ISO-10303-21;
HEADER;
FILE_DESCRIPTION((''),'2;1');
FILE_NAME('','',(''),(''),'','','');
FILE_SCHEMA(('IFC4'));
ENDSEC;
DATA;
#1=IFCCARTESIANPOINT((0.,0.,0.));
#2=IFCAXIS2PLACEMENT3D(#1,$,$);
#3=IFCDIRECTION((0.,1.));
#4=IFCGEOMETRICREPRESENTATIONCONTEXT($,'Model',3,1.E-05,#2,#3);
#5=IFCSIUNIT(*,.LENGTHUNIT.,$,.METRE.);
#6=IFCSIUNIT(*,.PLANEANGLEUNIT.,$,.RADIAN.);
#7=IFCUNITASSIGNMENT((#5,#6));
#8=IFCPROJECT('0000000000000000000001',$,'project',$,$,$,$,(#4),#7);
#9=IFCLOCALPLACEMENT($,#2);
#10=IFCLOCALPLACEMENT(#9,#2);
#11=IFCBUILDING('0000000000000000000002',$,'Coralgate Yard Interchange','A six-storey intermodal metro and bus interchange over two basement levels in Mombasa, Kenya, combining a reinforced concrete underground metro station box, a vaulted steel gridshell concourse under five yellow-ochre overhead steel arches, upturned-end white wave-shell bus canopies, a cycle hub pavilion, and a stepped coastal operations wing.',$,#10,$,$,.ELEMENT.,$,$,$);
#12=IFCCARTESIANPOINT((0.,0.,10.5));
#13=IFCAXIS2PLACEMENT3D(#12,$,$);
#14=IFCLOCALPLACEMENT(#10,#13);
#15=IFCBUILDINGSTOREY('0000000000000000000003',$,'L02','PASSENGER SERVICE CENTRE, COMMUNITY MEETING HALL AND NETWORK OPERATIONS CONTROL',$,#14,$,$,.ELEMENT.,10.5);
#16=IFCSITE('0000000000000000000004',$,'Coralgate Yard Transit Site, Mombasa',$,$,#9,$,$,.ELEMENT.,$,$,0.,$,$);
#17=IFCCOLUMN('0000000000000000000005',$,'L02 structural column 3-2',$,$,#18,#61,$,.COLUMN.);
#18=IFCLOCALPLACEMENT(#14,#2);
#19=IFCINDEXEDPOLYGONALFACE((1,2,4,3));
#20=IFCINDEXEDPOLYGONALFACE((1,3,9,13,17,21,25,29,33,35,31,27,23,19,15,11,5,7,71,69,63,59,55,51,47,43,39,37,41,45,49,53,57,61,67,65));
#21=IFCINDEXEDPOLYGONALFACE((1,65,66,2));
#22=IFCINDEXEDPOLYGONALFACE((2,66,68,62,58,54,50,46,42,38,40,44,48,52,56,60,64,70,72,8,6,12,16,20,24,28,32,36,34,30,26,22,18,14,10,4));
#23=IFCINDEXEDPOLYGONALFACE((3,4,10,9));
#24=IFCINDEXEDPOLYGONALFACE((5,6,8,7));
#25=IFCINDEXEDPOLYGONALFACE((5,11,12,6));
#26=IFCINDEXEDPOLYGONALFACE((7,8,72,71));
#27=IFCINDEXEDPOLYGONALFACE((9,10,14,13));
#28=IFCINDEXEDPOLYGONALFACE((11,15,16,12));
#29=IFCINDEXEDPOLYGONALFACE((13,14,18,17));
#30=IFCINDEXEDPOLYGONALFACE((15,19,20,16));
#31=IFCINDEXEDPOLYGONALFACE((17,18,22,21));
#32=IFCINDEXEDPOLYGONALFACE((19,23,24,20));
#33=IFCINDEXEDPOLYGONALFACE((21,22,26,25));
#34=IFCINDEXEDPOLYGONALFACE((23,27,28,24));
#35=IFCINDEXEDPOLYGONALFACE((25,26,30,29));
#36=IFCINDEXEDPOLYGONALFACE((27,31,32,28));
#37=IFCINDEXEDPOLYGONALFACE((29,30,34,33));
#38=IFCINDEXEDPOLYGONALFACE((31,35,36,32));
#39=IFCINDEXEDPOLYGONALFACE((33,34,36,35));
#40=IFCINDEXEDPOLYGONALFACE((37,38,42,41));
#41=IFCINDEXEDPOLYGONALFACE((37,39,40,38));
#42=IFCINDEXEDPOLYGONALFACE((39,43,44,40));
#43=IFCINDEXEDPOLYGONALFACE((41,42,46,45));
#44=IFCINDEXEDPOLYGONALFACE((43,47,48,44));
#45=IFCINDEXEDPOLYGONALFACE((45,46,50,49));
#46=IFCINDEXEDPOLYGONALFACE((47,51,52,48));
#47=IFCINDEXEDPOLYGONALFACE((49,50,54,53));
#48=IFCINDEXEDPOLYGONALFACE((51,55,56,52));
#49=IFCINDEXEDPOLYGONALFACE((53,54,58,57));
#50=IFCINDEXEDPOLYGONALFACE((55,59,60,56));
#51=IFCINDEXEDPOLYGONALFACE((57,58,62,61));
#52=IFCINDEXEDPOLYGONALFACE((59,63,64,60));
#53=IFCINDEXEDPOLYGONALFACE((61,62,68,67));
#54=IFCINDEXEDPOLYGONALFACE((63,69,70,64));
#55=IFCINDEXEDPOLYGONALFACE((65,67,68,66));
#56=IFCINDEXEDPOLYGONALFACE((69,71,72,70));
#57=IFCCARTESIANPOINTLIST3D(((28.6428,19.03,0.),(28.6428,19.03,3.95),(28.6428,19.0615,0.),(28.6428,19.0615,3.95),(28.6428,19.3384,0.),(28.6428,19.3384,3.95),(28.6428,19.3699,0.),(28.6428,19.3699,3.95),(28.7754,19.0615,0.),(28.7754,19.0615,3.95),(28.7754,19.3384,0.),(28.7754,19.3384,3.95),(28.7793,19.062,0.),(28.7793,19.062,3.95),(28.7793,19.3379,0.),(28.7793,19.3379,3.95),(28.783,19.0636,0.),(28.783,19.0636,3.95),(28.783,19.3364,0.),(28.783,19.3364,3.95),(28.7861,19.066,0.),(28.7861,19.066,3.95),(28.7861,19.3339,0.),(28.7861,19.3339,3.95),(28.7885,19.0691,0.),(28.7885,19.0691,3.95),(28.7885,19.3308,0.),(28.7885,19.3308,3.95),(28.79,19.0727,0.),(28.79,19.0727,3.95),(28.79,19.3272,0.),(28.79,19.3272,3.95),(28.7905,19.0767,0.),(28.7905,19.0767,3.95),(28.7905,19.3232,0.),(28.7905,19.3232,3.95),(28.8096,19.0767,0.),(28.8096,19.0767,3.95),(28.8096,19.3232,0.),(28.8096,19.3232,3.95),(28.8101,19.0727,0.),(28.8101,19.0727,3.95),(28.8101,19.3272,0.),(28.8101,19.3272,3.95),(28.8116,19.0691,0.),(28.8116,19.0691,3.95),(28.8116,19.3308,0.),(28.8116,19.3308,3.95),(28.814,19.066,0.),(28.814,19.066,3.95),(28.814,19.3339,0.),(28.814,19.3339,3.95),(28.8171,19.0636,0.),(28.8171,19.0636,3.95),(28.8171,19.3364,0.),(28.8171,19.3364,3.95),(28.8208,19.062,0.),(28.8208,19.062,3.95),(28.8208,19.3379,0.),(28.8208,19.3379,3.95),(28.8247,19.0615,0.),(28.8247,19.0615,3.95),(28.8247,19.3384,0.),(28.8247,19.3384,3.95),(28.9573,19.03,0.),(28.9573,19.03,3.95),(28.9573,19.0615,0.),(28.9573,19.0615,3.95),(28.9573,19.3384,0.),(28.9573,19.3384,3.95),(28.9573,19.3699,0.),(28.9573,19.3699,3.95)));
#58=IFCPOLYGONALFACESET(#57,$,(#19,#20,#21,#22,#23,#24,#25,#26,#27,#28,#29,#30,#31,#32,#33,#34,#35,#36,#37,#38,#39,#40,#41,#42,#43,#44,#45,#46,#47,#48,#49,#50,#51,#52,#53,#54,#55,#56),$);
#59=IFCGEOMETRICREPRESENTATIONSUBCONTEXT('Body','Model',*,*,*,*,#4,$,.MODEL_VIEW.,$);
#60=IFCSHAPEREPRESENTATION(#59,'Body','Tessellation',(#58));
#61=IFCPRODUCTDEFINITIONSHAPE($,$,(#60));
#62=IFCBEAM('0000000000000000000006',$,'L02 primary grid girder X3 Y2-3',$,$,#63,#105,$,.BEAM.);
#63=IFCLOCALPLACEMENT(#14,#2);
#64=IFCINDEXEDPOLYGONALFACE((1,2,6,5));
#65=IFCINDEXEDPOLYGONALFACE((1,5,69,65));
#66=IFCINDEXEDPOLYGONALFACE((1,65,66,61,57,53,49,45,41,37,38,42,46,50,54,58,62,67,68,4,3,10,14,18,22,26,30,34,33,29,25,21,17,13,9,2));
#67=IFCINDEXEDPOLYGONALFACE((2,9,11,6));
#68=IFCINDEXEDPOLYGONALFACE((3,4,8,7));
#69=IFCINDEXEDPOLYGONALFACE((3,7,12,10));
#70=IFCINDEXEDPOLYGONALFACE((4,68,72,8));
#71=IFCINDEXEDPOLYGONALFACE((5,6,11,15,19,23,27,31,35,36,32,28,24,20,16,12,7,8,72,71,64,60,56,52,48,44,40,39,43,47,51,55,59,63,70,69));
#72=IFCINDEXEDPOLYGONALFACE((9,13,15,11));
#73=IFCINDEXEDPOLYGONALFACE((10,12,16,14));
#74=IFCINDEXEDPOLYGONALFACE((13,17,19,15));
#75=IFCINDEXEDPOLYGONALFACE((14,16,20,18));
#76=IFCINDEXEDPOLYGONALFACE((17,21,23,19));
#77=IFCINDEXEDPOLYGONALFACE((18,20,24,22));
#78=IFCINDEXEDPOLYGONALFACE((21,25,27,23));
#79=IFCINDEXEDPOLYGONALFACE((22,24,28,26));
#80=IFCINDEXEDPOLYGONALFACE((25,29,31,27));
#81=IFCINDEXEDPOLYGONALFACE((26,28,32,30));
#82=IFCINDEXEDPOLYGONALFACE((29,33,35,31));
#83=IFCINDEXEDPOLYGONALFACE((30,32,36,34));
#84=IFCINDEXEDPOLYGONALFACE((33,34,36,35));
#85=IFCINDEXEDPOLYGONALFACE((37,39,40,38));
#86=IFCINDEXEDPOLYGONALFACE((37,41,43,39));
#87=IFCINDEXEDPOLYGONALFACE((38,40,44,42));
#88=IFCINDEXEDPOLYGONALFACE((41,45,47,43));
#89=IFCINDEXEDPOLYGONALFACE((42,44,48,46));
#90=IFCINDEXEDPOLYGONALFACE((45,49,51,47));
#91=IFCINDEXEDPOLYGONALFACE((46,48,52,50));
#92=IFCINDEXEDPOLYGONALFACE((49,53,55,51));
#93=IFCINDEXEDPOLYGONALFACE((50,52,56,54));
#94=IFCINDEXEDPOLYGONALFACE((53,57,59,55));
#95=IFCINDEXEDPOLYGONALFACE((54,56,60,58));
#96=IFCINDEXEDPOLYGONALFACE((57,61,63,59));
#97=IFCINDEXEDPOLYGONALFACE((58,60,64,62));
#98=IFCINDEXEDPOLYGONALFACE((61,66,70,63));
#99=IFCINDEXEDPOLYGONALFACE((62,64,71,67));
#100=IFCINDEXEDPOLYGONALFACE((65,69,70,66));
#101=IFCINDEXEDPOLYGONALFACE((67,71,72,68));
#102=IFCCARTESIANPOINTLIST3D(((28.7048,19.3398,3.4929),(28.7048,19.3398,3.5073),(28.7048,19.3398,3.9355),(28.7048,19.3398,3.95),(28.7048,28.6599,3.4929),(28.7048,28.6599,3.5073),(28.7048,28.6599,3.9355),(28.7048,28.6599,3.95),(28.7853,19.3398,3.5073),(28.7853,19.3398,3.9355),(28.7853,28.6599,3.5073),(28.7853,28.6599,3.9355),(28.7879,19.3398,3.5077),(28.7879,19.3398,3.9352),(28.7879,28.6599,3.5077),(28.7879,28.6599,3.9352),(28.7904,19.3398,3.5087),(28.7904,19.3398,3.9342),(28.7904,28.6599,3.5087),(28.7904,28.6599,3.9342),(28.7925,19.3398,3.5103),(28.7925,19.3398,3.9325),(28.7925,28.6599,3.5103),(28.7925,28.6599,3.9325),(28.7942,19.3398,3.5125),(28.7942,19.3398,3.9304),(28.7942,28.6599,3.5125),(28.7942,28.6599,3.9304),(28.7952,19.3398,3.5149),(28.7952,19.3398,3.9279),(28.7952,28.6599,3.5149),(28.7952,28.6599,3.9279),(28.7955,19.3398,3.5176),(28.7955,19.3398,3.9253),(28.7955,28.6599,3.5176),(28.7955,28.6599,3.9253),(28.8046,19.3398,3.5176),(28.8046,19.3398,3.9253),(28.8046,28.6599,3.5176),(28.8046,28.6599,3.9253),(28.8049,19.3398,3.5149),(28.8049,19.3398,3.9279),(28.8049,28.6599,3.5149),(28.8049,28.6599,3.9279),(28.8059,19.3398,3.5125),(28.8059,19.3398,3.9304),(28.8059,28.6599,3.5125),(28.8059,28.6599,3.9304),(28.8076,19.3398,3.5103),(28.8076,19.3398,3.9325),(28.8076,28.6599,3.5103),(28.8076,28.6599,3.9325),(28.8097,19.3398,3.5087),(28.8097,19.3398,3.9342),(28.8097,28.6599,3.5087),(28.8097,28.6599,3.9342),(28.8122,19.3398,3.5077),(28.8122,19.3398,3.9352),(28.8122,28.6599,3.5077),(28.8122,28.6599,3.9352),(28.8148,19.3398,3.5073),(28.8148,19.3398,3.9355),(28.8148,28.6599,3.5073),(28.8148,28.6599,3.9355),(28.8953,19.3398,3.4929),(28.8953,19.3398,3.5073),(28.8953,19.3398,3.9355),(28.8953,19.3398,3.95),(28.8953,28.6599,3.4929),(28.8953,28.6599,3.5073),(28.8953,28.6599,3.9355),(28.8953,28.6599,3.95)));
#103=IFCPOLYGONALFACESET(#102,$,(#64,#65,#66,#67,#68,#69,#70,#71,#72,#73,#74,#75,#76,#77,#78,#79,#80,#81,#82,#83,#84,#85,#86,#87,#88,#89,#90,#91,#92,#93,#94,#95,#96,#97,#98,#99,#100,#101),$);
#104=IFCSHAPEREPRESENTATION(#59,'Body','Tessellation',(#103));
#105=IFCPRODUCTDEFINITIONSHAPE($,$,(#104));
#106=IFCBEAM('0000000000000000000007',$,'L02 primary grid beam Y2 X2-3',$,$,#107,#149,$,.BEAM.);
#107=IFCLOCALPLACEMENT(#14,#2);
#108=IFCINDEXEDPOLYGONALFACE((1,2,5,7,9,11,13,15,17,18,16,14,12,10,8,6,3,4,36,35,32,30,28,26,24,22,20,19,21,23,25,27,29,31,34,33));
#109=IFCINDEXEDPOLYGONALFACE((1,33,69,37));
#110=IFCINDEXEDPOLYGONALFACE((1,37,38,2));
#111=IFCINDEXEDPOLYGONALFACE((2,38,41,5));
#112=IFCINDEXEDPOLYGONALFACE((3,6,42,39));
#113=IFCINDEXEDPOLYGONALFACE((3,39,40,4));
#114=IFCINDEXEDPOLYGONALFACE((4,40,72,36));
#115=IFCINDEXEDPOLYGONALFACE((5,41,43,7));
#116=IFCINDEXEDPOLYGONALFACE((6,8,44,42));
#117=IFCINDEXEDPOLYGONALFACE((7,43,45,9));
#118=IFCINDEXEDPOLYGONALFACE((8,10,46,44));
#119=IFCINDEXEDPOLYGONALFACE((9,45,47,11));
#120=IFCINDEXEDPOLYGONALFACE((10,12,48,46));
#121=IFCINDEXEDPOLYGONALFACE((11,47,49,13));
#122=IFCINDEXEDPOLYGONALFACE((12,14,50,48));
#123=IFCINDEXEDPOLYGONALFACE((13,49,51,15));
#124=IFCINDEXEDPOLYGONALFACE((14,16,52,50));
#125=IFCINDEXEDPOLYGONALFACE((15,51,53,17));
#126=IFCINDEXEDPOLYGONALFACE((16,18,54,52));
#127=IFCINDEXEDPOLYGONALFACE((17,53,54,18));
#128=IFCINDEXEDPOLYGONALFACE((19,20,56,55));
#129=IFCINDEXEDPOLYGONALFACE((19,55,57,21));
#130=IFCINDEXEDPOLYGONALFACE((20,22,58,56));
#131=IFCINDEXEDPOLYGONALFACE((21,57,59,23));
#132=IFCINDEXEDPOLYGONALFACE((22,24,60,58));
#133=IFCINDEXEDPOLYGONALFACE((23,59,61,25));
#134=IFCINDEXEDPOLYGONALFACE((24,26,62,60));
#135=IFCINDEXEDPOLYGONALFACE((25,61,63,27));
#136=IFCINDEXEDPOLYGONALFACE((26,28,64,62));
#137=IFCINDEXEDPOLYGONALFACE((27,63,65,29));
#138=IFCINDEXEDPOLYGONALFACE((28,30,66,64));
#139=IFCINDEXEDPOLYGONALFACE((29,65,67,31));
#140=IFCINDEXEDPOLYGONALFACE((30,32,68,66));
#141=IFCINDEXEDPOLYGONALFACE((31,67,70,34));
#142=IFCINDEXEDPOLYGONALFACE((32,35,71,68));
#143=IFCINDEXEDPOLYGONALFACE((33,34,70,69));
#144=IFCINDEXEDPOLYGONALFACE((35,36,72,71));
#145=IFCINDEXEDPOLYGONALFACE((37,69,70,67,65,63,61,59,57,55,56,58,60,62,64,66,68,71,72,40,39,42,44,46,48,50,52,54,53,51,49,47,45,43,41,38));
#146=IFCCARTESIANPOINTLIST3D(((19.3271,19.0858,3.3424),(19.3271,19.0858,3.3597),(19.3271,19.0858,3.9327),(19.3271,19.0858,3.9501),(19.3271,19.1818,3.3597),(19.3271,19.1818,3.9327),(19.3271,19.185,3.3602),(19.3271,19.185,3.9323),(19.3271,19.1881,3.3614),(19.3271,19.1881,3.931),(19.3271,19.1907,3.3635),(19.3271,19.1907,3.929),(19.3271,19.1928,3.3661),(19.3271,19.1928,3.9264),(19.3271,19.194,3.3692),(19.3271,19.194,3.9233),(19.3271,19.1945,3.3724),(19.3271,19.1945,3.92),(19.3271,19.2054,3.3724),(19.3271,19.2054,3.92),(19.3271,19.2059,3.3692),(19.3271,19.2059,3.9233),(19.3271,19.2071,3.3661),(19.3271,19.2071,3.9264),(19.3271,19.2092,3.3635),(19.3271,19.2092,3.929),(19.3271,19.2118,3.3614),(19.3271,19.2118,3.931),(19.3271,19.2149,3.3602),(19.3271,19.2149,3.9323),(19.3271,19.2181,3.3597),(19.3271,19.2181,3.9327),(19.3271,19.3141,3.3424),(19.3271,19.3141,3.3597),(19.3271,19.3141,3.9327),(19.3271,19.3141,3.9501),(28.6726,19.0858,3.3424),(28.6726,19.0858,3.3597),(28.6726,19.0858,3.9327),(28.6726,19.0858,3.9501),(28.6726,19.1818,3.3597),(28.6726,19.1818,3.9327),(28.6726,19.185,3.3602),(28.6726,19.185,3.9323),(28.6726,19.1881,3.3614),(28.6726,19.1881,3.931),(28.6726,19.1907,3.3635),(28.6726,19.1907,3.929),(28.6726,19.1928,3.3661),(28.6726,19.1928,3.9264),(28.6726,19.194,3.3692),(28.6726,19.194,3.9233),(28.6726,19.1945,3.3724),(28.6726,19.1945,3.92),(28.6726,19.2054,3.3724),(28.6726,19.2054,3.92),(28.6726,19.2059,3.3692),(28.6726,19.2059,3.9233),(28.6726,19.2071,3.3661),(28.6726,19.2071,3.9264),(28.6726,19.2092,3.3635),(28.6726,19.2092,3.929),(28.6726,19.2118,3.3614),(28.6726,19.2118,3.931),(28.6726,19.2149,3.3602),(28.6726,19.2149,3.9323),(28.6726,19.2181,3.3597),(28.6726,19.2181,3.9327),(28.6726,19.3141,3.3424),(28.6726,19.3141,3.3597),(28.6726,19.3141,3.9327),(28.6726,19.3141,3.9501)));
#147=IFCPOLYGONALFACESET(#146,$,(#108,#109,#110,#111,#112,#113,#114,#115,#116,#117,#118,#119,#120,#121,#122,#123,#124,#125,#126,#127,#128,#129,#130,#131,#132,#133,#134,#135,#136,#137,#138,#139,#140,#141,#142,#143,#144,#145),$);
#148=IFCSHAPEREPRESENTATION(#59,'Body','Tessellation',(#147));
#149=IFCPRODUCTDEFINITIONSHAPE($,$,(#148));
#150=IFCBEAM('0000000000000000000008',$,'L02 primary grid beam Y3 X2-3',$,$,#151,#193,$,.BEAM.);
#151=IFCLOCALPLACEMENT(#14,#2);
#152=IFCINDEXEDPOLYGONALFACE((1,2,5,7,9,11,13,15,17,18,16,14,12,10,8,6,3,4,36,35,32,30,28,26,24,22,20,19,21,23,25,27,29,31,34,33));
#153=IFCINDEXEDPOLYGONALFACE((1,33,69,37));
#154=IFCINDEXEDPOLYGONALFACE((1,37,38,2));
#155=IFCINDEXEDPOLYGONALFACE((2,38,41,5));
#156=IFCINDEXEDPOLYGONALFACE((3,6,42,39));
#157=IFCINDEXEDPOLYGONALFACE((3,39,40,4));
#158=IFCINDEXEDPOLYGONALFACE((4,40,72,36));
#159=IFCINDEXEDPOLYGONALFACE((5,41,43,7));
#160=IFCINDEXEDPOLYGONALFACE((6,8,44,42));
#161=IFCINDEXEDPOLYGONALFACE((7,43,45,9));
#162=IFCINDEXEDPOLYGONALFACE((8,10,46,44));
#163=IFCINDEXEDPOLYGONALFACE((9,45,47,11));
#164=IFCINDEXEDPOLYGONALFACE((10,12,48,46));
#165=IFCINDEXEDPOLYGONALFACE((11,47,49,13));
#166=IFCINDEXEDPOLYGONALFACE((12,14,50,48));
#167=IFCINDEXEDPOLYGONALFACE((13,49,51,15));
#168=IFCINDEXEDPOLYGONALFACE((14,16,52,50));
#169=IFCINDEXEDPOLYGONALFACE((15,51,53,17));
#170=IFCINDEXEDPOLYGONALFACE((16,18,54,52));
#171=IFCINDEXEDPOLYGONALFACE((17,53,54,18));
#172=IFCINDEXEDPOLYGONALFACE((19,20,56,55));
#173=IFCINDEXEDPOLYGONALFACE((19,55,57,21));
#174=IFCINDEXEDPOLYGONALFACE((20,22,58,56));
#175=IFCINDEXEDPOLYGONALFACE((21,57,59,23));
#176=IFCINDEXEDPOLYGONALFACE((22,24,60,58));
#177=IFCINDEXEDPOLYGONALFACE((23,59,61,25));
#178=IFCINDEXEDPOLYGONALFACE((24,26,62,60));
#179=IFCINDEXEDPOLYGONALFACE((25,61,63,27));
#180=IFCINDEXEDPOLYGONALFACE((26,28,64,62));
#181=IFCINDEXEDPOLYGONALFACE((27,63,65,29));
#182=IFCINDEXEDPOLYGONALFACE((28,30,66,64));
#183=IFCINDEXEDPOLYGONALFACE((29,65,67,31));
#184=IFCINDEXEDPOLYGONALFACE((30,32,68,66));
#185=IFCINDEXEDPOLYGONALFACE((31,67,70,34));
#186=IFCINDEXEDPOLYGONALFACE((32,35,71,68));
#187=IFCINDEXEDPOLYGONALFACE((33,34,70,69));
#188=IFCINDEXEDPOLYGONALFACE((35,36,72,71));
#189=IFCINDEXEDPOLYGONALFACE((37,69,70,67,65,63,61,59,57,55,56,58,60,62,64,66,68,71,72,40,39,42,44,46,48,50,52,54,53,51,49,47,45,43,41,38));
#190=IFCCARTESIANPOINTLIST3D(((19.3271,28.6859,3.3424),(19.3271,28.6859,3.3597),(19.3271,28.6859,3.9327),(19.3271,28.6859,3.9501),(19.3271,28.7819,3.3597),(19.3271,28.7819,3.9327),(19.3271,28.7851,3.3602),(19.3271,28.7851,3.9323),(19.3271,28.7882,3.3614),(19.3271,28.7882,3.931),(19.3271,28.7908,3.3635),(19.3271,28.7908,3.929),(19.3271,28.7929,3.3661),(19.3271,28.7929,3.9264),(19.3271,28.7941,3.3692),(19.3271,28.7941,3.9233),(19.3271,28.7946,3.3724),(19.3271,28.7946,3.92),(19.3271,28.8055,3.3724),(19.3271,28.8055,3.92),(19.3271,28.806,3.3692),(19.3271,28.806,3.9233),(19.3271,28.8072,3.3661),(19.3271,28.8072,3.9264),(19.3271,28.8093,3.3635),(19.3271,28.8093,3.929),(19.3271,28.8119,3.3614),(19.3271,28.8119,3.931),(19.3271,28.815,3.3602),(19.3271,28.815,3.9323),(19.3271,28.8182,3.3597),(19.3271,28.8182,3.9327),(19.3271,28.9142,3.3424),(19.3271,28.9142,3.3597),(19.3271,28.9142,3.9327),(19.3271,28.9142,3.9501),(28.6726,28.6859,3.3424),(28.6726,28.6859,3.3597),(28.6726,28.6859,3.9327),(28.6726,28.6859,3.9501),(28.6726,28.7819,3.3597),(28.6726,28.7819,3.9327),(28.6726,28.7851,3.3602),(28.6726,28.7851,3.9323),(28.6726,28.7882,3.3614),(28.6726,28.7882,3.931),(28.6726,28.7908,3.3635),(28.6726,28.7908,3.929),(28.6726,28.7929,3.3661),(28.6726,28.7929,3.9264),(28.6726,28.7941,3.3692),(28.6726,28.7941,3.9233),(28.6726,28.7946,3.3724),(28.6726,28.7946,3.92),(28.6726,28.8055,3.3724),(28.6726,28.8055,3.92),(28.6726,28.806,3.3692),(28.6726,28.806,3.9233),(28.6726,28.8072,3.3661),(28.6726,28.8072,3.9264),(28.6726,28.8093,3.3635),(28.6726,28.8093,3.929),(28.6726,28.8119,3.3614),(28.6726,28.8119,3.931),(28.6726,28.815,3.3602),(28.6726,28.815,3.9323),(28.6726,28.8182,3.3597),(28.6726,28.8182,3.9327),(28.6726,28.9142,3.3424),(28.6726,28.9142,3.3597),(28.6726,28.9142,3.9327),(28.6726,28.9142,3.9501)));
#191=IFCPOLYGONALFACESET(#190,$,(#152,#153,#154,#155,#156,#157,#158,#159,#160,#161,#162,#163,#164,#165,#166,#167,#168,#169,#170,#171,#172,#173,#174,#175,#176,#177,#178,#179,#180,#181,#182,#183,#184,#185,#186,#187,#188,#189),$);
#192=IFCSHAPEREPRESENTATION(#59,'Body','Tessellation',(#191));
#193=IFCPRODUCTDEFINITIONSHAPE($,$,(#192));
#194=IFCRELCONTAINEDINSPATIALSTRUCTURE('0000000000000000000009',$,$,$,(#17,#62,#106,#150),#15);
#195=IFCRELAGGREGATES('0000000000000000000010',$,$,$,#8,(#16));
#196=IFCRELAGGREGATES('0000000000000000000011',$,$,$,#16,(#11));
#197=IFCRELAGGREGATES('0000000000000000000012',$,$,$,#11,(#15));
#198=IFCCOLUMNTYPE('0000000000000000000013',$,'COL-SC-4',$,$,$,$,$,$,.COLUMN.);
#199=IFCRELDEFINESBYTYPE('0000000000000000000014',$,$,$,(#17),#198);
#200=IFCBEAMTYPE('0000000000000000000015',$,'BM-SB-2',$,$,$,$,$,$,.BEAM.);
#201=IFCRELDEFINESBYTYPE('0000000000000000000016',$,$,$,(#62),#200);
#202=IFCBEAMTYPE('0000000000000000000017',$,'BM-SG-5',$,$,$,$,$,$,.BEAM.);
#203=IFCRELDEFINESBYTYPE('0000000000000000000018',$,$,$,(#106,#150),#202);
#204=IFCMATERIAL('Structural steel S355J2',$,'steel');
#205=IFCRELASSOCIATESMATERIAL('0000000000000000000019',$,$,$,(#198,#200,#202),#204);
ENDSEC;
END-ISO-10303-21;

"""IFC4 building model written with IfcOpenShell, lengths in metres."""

from ifc_helpers import new_model, si_unit, direction, frame, origin, origin_2d, place, context, subcontext, project, spatial, i_section, extrude, material, material_profile, profile_set, type_object, element, save


model = new_model("IFC4")

# Units and contexts
model_context = context("Model", 3, precision=1e-05, world=origin(), true_north=direction((0.0, 1.0)))
body_context = subcontext(model_context, "Body", "Model", "MODEL_VIEW")
ifc_project = project(units=[si_unit("LENGTHUNIT", "METRE"), si_unit("PLANEANGLEUNIT", "RADIAN")], contexts=[model_context])

# Site, building, storey
site_placement = place(None, origin())
site = spatial("IfcSite", under=ifc_project, at=site_placement, Name="Coralgate Yard Transit Site, Mombasa", CompositionType="ELEMENT", RefElevation=0.0)
building_placement = place(site_placement, origin())
building = spatial("IfcBuilding", under=site, at=building_placement, Name="Coralgate Yard Interchange", Description="A six-storey intermodal metro and bus interchange over two basement levels in Mombasa, Kenya, combining a reinforced concrete underground metro station box, a vaulted steel gridshell concourse under five yellow-ochre overhead steel arches, upturned-end white wave-shell bus canopies, a cycle hub pavilion, and a stepped coastal operations wing.", CompositionType="ELEMENT")
storey_placement = place(building_placement, frame((0.0, 0.0, 10.5)))
storey = spatial("IfcBuildingStorey", under=building, at=storey_placement, Name="L02", Description="PASSENGER SERVICE CENTRE, COMMUNITY MEETING HALL AND NETWORK OPERATIONS CONTROL", CompositionType="ELEMENT", Elevation=10.5)

# Column
ifc_material_1 = material(Name="Structural steel S355J2", Category="steel")
ifc_material_profile_1 = material_profile(ifc_material_1, i_section(OverallWidth=0.3145, OverallDepth=0.3398, WebThickness=0.019, FlangeThickness=0.0315, FilletRadius=0.0151, at=origin_2d()), Name="UC 305x305x198")
ifc_profile_set_1 = profile_set([ifc_material_profile_1], Name="Structural steel S355J2")
column_type = type_object("IfcColumnType", Name="COL-SC-4", PredefinedType="COLUMN", material=ifc_profile_set_1)
column_placement = place(storey_placement, frame((28.8, 19.2, 0.0), z_axis=(0.0, 0.0, 1.0), x_axis=(1.0, 0.0, 0.0)))
element("IfcColumn", 1, at=column_placement, inside=storey, type_object=column_type, Name="L02 structural column 3-2", PredefinedType="COLUMN", context=body_context, shape_type="SweptSolid", body=[
    extrude(i_section(OverallWidth=0.3145, OverallDepth=0.3398, WebThickness=0.019, FlangeThickness=0.0315, FilletRadius=0.0151, at=origin_2d()), origin(), (0.0, 0.0, 1.0), 3.95),
])

# Beams
ifc_material_profile_2 = material_profile(ifc_material_1, i_section(OverallWidth=0.1904, OverallDepth=0.457, WebThickness=0.009, FlangeThickness=0.0144, FilletRadius=0.0103, at=origin_2d()), Name="UB 457x191x74")
ifc_profile_set_2 = profile_set([ifc_material_profile_2], Name="Structural steel S355J2")
beam_type_1 = type_object("IfcBeamType", Name="BM-SB-2", PredefinedType="BEAM", material=ifc_profile_set_2)
beam_placement = place(storey_placement, frame((28.8, 19.3398, 3.7214), z_axis=(0.0, 1.0, 0.0), x_axis=(-1.0, 0.0, 0.0)))
element("IfcBeam", 2, at=beam_placement, inside=storey, type_object=beam_type_1, Name="L02 primary grid girder X3 Y2-3", PredefinedType="BEAM", context=body_context, shape_type="SweptSolid", body=[
    extrude(i_section(OverallWidth=0.1904, OverallDepth=0.457, WebThickness=0.009, FlangeThickness=0.0144, FilletRadius=0.0103, at=origin_2d()), origin(), (0.0, 0.0, 1.0), 9.3201),
])
ifc_material_profile_3 = material_profile(ifc_material_1, i_section(OverallWidth=0.2283, OverallDepth=0.6077, WebThickness=0.011, FlangeThickness=0.0173, FilletRadius=0.0127, at=origin_2d()), Name="UB 610x229x113")
ifc_profile_set_3 = profile_set([ifc_material_profile_3], Name="Structural steel S355J2")
beam_type_2 = type_object("IfcBeamType", Name="BM-SG-5", PredefinedType="BEAM", material=ifc_profile_set_3)
for number, where, z_axis, x_axis, name in (
    (3, (19.3271, 19.2, 3.6462), (1.0, 0.0, 0.0), (0.0, 1.0, 0.0), "L02 primary grid beam Y2 X2-3"),
    (4, (19.3271, 28.8, 3.6462), (1.0, 0.0, 0.0), (0.0, 1.0, 0.0), "L02 primary grid beam Y3 X2-3"),
):
    element("IfcBeam", number, at=place(storey_placement, frame(where, z_axis=z_axis, x_axis=x_axis)), inside=storey, type_object=beam_type_2, Name=name, PredefinedType="BEAM", context=body_context, shape_type="SweptSolid", body=[
        extrude(i_section(OverallWidth=0.2283, OverallDepth=0.6077, WebThickness=0.011, FlangeThickness=0.0173, FilletRadius=0.0127, at=origin_2d()), origin(), (0.0, 0.0, 1.0), 9.3455),
    ])

save(model, "model.ifc")
